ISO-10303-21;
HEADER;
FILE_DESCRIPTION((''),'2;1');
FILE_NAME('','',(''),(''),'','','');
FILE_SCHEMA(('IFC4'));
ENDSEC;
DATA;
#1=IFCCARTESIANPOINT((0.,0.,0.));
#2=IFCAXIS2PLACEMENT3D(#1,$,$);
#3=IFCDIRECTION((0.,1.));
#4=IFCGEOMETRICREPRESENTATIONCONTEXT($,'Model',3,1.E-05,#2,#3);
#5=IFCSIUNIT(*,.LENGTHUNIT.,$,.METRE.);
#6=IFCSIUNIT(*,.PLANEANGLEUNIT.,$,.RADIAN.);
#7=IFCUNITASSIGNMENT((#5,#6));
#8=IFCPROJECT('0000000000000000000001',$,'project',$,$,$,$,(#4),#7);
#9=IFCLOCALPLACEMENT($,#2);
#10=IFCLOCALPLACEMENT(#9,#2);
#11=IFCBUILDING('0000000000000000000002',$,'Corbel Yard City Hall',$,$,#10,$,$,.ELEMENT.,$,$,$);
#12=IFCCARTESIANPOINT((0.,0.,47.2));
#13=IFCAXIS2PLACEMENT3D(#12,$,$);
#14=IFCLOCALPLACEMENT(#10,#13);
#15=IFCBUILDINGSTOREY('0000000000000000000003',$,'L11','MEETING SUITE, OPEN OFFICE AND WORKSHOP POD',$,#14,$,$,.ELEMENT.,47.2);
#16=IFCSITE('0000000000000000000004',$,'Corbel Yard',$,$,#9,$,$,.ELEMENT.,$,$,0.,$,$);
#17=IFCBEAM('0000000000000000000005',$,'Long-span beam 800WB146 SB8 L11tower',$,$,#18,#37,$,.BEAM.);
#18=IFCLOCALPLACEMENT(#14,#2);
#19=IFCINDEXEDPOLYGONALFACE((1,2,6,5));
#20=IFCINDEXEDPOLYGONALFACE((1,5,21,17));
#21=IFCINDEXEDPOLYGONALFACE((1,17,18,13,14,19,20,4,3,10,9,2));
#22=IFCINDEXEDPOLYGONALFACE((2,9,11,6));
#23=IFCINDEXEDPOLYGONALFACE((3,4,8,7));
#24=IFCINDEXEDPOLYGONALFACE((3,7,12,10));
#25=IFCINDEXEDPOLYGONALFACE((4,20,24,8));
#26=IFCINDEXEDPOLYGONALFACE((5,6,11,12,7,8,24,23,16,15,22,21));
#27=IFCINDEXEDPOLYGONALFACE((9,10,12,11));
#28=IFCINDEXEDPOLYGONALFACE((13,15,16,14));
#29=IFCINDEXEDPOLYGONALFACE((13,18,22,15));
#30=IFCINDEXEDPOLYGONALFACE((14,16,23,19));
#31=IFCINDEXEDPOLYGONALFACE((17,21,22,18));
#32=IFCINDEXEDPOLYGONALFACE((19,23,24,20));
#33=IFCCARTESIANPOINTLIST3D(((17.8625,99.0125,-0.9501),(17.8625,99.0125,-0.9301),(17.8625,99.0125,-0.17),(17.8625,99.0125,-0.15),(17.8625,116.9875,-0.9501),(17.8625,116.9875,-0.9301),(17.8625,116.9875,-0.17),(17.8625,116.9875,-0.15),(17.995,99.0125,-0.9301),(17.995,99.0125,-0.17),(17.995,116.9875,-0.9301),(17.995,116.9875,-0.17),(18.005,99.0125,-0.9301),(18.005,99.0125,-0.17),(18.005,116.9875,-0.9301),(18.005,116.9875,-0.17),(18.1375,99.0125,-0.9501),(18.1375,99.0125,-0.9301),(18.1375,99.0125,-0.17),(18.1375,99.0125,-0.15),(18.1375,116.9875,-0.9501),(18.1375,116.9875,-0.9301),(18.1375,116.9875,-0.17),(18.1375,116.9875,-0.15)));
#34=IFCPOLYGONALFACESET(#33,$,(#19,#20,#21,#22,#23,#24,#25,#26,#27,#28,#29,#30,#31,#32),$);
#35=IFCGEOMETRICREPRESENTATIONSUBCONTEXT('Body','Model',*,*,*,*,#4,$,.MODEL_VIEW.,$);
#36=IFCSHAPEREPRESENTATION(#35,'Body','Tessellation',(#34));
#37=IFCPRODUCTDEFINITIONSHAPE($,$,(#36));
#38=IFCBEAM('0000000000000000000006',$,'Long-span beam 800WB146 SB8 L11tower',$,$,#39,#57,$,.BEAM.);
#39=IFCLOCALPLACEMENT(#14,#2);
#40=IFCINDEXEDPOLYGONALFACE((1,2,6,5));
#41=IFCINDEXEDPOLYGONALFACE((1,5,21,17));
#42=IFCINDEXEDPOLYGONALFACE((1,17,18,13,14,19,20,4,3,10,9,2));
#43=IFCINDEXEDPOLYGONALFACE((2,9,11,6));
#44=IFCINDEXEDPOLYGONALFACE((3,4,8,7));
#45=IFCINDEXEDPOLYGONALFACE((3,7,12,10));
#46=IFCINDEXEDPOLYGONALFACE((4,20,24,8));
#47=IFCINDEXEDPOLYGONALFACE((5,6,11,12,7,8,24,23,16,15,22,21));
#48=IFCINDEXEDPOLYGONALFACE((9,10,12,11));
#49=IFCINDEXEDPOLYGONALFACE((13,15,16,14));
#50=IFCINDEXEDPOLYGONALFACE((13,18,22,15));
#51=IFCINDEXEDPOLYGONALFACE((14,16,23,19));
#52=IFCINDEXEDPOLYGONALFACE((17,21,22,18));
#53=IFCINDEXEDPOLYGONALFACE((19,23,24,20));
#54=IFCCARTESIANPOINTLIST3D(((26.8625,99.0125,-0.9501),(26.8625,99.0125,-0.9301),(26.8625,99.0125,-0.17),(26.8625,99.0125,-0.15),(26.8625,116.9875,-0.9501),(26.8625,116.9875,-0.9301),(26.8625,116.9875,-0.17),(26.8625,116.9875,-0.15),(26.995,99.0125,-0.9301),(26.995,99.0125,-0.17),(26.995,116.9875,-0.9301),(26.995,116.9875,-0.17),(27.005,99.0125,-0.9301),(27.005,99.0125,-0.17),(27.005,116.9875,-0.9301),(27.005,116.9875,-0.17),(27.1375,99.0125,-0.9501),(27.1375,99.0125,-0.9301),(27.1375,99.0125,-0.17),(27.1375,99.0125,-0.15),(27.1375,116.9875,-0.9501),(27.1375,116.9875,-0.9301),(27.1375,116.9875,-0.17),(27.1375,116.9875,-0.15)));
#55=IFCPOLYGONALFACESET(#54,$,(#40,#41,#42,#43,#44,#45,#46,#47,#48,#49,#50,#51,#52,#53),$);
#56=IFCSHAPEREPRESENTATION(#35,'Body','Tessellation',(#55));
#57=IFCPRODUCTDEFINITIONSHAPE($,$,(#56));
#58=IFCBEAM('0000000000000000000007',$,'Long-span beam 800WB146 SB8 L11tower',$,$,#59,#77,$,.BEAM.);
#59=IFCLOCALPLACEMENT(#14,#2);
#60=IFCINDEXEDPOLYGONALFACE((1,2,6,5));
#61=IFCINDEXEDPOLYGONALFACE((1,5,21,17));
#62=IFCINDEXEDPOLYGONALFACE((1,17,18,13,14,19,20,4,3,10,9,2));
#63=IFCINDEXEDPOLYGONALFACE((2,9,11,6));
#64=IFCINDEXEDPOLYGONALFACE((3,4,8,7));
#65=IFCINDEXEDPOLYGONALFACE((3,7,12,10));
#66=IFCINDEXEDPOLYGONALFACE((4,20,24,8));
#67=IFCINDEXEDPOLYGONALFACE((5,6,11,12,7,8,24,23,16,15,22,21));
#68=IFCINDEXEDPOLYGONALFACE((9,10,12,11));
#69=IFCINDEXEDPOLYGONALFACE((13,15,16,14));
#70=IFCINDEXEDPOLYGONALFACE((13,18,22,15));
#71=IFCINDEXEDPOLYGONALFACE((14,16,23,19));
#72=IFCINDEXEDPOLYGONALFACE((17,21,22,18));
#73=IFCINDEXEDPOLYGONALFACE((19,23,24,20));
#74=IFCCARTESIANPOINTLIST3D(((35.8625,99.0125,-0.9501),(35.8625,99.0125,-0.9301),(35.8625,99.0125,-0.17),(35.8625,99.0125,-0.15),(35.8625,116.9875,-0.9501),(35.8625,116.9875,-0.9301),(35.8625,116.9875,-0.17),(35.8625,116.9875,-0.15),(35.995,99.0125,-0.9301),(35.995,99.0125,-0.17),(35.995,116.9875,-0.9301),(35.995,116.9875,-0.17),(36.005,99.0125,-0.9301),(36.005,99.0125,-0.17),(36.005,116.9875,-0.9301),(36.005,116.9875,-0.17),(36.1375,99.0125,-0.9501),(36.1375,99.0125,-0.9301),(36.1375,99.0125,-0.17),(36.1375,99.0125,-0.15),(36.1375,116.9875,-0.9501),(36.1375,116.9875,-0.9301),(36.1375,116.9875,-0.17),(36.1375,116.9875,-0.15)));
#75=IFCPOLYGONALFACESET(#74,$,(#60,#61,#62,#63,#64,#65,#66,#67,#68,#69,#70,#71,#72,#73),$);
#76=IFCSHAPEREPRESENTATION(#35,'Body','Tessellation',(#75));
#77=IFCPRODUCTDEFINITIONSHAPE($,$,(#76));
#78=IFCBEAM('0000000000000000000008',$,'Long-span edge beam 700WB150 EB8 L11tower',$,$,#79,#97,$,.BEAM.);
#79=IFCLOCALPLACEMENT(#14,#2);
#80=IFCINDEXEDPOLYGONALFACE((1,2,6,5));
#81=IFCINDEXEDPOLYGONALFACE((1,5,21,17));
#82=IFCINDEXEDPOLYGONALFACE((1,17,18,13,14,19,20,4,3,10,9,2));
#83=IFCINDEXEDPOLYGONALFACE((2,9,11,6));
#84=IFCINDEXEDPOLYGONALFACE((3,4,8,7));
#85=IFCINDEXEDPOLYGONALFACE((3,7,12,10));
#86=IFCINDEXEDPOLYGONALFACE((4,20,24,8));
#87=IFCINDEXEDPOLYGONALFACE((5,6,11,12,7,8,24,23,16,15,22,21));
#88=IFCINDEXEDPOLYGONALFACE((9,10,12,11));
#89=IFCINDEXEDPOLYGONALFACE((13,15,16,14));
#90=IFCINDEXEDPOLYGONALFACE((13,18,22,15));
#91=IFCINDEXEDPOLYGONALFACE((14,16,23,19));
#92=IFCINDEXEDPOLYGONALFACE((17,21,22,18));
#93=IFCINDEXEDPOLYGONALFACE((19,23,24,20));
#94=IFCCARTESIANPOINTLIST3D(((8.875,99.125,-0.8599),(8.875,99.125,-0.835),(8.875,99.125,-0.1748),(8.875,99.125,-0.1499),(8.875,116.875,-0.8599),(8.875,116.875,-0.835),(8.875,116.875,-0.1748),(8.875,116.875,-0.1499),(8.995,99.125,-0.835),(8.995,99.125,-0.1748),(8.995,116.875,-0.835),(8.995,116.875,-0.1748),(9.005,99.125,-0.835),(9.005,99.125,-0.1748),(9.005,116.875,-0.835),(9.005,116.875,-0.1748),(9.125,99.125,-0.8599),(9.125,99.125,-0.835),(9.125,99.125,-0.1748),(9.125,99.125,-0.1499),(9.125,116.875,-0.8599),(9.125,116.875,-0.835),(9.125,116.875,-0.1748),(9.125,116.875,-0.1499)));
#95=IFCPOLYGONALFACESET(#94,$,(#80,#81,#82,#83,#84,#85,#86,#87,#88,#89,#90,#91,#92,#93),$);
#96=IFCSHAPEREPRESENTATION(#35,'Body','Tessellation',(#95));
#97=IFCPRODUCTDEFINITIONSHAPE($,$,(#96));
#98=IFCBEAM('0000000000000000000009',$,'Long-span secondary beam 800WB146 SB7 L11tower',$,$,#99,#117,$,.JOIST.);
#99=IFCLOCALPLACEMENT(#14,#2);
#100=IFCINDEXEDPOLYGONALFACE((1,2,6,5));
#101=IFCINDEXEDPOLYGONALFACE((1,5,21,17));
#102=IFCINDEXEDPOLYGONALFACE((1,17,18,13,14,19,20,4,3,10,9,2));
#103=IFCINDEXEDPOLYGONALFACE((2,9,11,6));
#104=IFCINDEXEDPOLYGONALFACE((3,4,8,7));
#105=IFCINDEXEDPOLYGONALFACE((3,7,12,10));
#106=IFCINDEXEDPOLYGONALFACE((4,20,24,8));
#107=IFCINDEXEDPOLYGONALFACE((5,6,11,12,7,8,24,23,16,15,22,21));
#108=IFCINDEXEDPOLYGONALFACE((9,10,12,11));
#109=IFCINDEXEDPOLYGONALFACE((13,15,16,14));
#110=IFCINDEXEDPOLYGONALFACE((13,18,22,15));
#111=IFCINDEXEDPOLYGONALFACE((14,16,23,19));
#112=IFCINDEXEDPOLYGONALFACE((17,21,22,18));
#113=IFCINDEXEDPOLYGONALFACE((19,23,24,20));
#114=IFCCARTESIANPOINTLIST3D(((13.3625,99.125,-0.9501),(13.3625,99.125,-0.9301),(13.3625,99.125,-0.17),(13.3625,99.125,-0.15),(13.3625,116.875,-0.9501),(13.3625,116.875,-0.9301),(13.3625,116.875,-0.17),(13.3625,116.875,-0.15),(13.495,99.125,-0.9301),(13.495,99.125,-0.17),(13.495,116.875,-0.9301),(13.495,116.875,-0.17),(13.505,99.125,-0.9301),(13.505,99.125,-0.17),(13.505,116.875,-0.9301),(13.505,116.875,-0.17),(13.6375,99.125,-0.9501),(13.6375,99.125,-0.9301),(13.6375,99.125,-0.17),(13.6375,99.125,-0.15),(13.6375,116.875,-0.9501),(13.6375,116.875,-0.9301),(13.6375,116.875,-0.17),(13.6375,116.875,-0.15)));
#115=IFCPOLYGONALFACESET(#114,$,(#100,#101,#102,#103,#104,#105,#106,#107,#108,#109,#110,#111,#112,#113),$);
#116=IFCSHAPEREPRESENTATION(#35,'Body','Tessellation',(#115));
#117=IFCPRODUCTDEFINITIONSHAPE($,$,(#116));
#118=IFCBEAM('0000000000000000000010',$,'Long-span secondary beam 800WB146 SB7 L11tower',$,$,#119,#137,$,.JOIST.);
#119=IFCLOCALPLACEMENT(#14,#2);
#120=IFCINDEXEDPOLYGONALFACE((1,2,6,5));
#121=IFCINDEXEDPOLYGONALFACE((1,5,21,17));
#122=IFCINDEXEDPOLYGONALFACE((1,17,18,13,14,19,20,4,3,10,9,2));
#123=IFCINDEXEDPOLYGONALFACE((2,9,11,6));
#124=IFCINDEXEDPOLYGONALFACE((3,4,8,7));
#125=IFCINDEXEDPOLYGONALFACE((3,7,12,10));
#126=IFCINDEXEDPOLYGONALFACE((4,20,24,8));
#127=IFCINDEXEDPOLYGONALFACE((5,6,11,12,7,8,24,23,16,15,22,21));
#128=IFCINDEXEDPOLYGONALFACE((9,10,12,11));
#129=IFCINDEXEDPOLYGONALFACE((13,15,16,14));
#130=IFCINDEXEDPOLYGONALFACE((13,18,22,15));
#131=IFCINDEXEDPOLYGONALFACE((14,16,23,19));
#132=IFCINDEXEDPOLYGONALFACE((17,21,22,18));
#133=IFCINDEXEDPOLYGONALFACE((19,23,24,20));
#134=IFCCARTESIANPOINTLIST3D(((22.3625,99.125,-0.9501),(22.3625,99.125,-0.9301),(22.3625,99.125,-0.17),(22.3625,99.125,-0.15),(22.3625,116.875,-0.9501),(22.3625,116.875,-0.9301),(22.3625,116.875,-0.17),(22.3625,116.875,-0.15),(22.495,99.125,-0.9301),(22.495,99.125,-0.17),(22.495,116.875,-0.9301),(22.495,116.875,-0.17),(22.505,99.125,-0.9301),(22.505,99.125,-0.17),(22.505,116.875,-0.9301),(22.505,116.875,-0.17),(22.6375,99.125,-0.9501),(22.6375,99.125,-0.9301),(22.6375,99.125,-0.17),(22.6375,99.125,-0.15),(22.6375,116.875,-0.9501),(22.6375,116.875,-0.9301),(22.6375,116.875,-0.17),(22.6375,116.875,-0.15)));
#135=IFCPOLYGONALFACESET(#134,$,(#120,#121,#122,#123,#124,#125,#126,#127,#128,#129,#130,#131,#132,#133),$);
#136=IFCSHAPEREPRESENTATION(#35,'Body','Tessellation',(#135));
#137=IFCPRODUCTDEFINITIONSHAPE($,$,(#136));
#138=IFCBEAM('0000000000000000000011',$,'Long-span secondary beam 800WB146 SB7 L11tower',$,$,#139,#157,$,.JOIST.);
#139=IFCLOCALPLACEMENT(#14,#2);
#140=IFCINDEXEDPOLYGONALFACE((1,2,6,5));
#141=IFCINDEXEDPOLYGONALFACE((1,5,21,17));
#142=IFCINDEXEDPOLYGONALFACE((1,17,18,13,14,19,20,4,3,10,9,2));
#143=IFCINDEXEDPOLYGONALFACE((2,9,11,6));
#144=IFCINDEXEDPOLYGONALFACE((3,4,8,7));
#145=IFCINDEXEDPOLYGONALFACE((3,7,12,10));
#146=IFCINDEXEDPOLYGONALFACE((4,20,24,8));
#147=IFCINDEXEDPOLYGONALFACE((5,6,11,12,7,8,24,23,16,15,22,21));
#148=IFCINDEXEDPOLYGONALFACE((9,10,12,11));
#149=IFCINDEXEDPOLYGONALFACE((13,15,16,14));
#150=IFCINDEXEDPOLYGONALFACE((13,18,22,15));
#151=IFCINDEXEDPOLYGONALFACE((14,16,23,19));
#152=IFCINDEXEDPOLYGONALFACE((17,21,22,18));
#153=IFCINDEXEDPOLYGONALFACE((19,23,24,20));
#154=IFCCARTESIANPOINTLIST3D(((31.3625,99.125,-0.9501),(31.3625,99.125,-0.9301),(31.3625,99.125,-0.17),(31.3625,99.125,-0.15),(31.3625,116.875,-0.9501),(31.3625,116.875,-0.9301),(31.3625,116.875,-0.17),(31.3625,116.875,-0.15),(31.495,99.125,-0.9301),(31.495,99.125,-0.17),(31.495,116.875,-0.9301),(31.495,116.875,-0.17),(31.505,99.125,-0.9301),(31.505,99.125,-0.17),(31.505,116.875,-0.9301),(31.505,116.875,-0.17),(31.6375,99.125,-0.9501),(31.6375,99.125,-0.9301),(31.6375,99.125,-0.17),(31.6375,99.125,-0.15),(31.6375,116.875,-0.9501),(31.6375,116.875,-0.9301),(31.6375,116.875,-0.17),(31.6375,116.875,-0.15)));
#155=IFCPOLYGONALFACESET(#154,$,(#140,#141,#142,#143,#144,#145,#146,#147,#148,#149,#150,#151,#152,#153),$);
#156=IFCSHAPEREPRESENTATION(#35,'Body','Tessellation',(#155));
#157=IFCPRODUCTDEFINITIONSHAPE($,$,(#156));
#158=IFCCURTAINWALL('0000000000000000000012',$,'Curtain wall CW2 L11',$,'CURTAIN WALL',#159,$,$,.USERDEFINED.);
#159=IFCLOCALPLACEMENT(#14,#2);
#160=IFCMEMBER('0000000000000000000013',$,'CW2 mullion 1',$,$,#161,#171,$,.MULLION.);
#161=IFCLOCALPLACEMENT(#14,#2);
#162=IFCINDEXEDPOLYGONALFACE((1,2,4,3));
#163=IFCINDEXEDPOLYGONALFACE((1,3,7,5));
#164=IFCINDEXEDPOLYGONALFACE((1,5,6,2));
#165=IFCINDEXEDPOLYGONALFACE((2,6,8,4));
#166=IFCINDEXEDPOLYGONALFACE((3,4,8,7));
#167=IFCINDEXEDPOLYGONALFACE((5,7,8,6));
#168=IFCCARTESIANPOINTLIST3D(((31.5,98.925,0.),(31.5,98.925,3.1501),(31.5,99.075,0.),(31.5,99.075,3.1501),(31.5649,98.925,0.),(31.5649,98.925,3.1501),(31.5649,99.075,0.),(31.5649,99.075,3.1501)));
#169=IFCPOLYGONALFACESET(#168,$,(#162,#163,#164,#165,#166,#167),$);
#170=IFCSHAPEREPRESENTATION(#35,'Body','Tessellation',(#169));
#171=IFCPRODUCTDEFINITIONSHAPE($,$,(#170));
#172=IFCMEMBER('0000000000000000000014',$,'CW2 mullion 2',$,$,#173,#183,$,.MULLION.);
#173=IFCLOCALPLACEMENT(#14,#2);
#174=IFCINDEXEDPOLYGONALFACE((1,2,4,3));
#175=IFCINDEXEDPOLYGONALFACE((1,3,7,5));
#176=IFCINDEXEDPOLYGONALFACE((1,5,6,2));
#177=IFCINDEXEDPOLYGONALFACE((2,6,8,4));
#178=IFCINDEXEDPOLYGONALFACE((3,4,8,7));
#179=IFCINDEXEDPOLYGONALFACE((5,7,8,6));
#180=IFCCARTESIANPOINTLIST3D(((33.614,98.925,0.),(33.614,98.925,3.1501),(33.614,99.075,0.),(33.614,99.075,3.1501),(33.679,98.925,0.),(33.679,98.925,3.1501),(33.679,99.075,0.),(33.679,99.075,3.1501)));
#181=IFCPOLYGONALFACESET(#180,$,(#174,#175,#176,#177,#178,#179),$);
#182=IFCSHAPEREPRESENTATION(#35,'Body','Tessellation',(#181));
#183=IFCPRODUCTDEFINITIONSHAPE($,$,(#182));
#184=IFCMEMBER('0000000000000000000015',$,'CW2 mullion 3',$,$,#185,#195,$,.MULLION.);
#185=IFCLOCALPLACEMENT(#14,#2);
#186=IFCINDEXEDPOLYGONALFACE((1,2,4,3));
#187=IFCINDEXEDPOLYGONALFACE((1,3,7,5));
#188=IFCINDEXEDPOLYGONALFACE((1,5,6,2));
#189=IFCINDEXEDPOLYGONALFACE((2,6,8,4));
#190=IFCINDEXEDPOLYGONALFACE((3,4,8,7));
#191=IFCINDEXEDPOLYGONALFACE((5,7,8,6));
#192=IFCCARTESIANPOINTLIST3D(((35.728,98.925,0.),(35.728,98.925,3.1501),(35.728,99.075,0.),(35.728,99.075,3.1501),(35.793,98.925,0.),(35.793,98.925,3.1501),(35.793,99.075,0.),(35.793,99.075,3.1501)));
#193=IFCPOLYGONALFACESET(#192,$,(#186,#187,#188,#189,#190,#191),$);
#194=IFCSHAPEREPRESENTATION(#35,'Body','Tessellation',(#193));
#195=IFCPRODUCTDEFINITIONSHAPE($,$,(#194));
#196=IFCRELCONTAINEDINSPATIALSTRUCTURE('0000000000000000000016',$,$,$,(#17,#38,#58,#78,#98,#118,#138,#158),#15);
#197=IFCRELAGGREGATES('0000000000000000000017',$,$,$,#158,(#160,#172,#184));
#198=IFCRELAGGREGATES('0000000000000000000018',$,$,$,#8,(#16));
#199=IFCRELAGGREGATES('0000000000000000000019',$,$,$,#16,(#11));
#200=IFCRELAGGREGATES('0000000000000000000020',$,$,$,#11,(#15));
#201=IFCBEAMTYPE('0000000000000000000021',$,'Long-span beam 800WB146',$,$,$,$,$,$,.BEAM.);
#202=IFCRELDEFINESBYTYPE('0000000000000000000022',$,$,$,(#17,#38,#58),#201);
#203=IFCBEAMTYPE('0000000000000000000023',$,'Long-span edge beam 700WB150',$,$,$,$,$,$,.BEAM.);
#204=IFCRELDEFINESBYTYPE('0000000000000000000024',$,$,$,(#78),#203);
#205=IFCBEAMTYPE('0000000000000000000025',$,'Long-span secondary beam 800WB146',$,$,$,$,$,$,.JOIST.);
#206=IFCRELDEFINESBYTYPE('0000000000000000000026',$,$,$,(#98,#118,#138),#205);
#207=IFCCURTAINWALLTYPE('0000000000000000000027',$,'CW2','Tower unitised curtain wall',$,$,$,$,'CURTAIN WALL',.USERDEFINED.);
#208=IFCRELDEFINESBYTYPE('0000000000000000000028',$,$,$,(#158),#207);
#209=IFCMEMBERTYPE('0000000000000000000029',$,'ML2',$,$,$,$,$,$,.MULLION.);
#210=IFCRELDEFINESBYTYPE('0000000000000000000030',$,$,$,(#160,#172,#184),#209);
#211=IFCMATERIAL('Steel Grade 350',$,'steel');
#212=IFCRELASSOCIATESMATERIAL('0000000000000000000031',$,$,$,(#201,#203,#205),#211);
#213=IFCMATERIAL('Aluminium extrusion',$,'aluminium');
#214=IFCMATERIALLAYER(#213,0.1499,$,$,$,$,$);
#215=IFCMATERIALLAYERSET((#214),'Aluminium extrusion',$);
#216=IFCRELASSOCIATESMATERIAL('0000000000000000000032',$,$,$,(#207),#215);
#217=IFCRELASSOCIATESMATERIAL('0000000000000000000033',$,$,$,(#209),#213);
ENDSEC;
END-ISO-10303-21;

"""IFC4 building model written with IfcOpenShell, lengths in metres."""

from ifc_helpers import new_model, si_unit, direction, frame, origin, origin_2d, place, context, subcontext, project, spatial, rectangle, i_section, extrude, material, layer, layer_set, material_profile, profile_set, type_object, element, aggregate, save


model = new_model("IFC4")

# Units and contexts
model_context = context("Model", 3, precision=1e-05, world=origin(), true_north=direction((0.0, 1.0)))
body_context = subcontext(model_context, "Body", "Model", "MODEL_VIEW")
ifc_project = project(units=[si_unit("LENGTHUNIT", "METRE"), si_unit("PLANEANGLEUNIT", "RADIAN")], contexts=[model_context])

# Site, building, storey
site_placement = place(None, origin())
site = spatial("IfcSite", under=ifc_project, at=site_placement, Name="Corbel Yard", CompositionType="ELEMENT", RefElevation=0.0)
building_placement = place(site_placement, origin())
building = spatial("IfcBuilding", under=site, at=building_placement, Name="Corbel Yard City Hall", CompositionType="ELEMENT")
storey_placement = place(building_placement, frame((0.0, 0.0, 47.2)))
storey = spatial("IfcBuildingStorey", under=building, at=storey_placement, Name="L11", Description="MEETING SUITE, OPEN OFFICE AND WORKSHOP POD", CompositionType="ELEMENT", Elevation=47.2)

# Beams
ifc_material_1 = material(Name="Steel Grade 350", Category="steel")
ifc_material_profile_1 = material_profile(ifc_material_1, i_section(OverallWidth=0.2749, OverallDepth=0.8, WebThickness=0.01, FlangeThickness=0.02, at=origin_2d()), Name="800WB146")
ifc_profile_set_1 = profile_set([ifc_material_profile_1], Name="Steel Grade 350")
beam_type_1 = type_object("IfcBeamType", Name="Long-span beam 800WB146", PredefinedType="BEAM", material=ifc_profile_set_1)
for number, where, z_axis, x_axis, name in (
    (1, (18.0, 99.0125, -0.55), (0.0, 1.0, 0.0), (-1.0, 0.0, 0.0), "Long-span beam 800WB146 SB8 L11tower"),
    (2, (27.0, 99.0125, -0.55), (0.0, 1.0, 0.0), (-1.0, 0.0, 0.0), "Long-span beam 800WB146 SB8 L11tower"),
    (3, (36.0, 99.0125, -0.55), (0.0, 1.0, 0.0), (-1.0, 0.0, 0.0), "Long-span beam 800WB146 SB8 L11tower"),
):
    element("IfcBeam", number, at=place(storey_placement, frame(where, z_axis=z_axis, x_axis=x_axis)), inside=storey, type_object=beam_type_1, Name=name, PredefinedType="BEAM", context=body_context, shape_type="SweptSolid", body=[
        extrude(i_section(OverallWidth=0.2749, OverallDepth=0.8, WebThickness=0.01, FlangeThickness=0.02, at=origin_2d()), origin(), (0.0, 0.0, 1.0), 17.9751),
    ])
ifc_material_profile_2 = material_profile(ifc_material_1, i_section(OverallWidth=0.25, OverallDepth=0.71, WebThickness=0.01, FlangeThickness=0.0249, at=origin_2d()), Name="700WB150")
ifc_profile_set_2 = profile_set([ifc_material_profile_2], Name="Steel Grade 350")
beam_type_2 = type_object("IfcBeamType", Name="Long-span edge beam 700WB150", PredefinedType="BEAM", material=ifc_profile_set_2)
beam_placement = place(storey_placement, frame((9.0, 99.125, -0.5049), z_axis=(0.0, 1.0, 0.0), x_axis=(-1.0, 0.0, 0.0)))
element("IfcBeam", 4, at=beam_placement, inside=storey, type_object=beam_type_2, Name="Long-span edge beam 700WB150 EB8 L11tower", PredefinedType="BEAM", context=body_context, shape_type="SweptSolid", body=[
    extrude(i_section(OverallWidth=0.25, OverallDepth=0.71, WebThickness=0.01, FlangeThickness=0.0249, at=origin_2d()), origin(), (0.0, 0.0, 1.0), 17.75),
])
ifc_material_profile_3 = material_profile(ifc_material_1, i_section(OverallWidth=0.2749, OverallDepth=0.8, WebThickness=0.01, FlangeThickness=0.02, at=origin_2d()), Name="800WB146")
ifc_profile_set_3 = profile_set([ifc_material_profile_3], Name="Steel Grade 350")
beam_type_3 = type_object("IfcBeamType", Name="Long-span secondary beam 800WB146", PredefinedType="JOIST", material=ifc_profile_set_3)
for number, where, z_axis, x_axis, name in (
    (5, (13.5, 99.125, -0.55), (0.0, 1.0, 0.0), (-1.0, 0.0, 0.0), "Long-span secondary beam 800WB146 SB7 L11tower"),
    (6, (22.5, 99.125, -0.55), (0.0, 1.0, 0.0), (-1.0, 0.0, 0.0), "Long-span secondary beam 800WB146 SB7 L11tower"),
    (7, (31.5, 99.125, -0.55), (0.0, 1.0, 0.0), (-1.0, 0.0, 0.0), "Long-span secondary beam 800WB146 SB7 L11tower"),
):
    element("IfcBeam", number, at=place(storey_placement, frame(where, z_axis=z_axis, x_axis=x_axis)), inside=storey, type_object=beam_type_3, Name=name, PredefinedType="JOIST", context=body_context, shape_type="SweptSolid", body=[
        extrude(i_section(OverallWidth=0.2749, OverallDepth=0.8, WebThickness=0.01, FlangeThickness=0.02, at=origin_2d()), origin(), (0.0, 0.0, 1.0), 17.75),
    ])

# Curtain wall, members
ifc_material_2 = material(Name="Aluminium extrusion", Category="aluminium")
ifc_layer_1 = layer(ifc_material_2, 0.1499)
ifc_layer_set_1 = layer_set([ifc_layer_1], Name="Aluminium extrusion")
curtain_wall_type = type_object("IfcCurtainWallType", Name="CW2", Description="Tower unitised curtain wall", ElementType="CURTAIN WALL", PredefinedType="USERDEFINED", material=ifc_layer_set_1)
curtain_wall_1_placement = place(storey_placement, origin())
curtain_wall_1 = element("IfcCurtainWall", 8, at=curtain_wall_1_placement, inside=storey, type_object=curtain_wall_type, Name="Curtain wall CW2 L11", ObjectType="CURTAIN WALL", PredefinedType="USERDEFINED")
ifc_material_profile_4 = material_profile(ifc_material_2, rectangle(XDim=0.1499, YDim=0.0649, at=origin_2d()), Name="150x65")
ifc_profile_set_4 = profile_set([ifc_material_profile_4], Name="Aluminium extrusion")
member_type_1 = type_object("IfcMemberType", Name="ML2", PredefinedType="MULLION", material=ifc_profile_set_4)
member_1_placement = place(storey_placement, frame((31.5325, 99.0, 0.0), z_axis=(0.0, 0.0, 1.0), x_axis=(0.0, 1.0, 0.0)))
member_1 = element("IfcMember", 9, at=member_1_placement, type_object=member_type_1, Name="CW2 mullion 1", PredefinedType="MULLION", context=body_context, shape_type="SweptSolid", body=[
    extrude(rectangle(XDim=0.1499, YDim=0.0649, at=origin_2d()), origin(), (0.0, 0.0, 1.0), 3.1501),
])
member_2_placement = place(storey_placement, frame((33.6465, 99.0, 0.0), z_axis=(0.0, 0.0, 1.0), x_axis=(0.0, 1.0, 0.0)))
member_2 = element("IfcMember", 10, at=member_2_placement, type_object=member_type_1, Name="CW2 mullion 2", PredefinedType="MULLION", context=body_context, shape_type="SweptSolid", body=[
    extrude(rectangle(XDim=0.1499, YDim=0.0649, at=origin_2d()), origin(), (0.0, 0.0, 1.0), 3.1501),
])
member_3_placement = place(storey_placement, frame((35.7605, 99.0, 0.0), z_axis=(0.0, 0.0, 1.0), x_axis=(0.0, 1.0, 0.0)))
member_3 = element("IfcMember", 11, at=member_3_placement, type_object=member_type_1, Name="CW2 mullion 3", PredefinedType="MULLION", context=body_context, shape_type="SweptSolid", body=[
    extrude(rectangle(XDim=0.1499, YDim=0.0649, at=origin_2d()), origin(), (0.0, 0.0, 1.0), 3.1501),
])

aggregate(curtain_wall_1, [member_1, member_2, member_3])

save(model, "model.ifc")
